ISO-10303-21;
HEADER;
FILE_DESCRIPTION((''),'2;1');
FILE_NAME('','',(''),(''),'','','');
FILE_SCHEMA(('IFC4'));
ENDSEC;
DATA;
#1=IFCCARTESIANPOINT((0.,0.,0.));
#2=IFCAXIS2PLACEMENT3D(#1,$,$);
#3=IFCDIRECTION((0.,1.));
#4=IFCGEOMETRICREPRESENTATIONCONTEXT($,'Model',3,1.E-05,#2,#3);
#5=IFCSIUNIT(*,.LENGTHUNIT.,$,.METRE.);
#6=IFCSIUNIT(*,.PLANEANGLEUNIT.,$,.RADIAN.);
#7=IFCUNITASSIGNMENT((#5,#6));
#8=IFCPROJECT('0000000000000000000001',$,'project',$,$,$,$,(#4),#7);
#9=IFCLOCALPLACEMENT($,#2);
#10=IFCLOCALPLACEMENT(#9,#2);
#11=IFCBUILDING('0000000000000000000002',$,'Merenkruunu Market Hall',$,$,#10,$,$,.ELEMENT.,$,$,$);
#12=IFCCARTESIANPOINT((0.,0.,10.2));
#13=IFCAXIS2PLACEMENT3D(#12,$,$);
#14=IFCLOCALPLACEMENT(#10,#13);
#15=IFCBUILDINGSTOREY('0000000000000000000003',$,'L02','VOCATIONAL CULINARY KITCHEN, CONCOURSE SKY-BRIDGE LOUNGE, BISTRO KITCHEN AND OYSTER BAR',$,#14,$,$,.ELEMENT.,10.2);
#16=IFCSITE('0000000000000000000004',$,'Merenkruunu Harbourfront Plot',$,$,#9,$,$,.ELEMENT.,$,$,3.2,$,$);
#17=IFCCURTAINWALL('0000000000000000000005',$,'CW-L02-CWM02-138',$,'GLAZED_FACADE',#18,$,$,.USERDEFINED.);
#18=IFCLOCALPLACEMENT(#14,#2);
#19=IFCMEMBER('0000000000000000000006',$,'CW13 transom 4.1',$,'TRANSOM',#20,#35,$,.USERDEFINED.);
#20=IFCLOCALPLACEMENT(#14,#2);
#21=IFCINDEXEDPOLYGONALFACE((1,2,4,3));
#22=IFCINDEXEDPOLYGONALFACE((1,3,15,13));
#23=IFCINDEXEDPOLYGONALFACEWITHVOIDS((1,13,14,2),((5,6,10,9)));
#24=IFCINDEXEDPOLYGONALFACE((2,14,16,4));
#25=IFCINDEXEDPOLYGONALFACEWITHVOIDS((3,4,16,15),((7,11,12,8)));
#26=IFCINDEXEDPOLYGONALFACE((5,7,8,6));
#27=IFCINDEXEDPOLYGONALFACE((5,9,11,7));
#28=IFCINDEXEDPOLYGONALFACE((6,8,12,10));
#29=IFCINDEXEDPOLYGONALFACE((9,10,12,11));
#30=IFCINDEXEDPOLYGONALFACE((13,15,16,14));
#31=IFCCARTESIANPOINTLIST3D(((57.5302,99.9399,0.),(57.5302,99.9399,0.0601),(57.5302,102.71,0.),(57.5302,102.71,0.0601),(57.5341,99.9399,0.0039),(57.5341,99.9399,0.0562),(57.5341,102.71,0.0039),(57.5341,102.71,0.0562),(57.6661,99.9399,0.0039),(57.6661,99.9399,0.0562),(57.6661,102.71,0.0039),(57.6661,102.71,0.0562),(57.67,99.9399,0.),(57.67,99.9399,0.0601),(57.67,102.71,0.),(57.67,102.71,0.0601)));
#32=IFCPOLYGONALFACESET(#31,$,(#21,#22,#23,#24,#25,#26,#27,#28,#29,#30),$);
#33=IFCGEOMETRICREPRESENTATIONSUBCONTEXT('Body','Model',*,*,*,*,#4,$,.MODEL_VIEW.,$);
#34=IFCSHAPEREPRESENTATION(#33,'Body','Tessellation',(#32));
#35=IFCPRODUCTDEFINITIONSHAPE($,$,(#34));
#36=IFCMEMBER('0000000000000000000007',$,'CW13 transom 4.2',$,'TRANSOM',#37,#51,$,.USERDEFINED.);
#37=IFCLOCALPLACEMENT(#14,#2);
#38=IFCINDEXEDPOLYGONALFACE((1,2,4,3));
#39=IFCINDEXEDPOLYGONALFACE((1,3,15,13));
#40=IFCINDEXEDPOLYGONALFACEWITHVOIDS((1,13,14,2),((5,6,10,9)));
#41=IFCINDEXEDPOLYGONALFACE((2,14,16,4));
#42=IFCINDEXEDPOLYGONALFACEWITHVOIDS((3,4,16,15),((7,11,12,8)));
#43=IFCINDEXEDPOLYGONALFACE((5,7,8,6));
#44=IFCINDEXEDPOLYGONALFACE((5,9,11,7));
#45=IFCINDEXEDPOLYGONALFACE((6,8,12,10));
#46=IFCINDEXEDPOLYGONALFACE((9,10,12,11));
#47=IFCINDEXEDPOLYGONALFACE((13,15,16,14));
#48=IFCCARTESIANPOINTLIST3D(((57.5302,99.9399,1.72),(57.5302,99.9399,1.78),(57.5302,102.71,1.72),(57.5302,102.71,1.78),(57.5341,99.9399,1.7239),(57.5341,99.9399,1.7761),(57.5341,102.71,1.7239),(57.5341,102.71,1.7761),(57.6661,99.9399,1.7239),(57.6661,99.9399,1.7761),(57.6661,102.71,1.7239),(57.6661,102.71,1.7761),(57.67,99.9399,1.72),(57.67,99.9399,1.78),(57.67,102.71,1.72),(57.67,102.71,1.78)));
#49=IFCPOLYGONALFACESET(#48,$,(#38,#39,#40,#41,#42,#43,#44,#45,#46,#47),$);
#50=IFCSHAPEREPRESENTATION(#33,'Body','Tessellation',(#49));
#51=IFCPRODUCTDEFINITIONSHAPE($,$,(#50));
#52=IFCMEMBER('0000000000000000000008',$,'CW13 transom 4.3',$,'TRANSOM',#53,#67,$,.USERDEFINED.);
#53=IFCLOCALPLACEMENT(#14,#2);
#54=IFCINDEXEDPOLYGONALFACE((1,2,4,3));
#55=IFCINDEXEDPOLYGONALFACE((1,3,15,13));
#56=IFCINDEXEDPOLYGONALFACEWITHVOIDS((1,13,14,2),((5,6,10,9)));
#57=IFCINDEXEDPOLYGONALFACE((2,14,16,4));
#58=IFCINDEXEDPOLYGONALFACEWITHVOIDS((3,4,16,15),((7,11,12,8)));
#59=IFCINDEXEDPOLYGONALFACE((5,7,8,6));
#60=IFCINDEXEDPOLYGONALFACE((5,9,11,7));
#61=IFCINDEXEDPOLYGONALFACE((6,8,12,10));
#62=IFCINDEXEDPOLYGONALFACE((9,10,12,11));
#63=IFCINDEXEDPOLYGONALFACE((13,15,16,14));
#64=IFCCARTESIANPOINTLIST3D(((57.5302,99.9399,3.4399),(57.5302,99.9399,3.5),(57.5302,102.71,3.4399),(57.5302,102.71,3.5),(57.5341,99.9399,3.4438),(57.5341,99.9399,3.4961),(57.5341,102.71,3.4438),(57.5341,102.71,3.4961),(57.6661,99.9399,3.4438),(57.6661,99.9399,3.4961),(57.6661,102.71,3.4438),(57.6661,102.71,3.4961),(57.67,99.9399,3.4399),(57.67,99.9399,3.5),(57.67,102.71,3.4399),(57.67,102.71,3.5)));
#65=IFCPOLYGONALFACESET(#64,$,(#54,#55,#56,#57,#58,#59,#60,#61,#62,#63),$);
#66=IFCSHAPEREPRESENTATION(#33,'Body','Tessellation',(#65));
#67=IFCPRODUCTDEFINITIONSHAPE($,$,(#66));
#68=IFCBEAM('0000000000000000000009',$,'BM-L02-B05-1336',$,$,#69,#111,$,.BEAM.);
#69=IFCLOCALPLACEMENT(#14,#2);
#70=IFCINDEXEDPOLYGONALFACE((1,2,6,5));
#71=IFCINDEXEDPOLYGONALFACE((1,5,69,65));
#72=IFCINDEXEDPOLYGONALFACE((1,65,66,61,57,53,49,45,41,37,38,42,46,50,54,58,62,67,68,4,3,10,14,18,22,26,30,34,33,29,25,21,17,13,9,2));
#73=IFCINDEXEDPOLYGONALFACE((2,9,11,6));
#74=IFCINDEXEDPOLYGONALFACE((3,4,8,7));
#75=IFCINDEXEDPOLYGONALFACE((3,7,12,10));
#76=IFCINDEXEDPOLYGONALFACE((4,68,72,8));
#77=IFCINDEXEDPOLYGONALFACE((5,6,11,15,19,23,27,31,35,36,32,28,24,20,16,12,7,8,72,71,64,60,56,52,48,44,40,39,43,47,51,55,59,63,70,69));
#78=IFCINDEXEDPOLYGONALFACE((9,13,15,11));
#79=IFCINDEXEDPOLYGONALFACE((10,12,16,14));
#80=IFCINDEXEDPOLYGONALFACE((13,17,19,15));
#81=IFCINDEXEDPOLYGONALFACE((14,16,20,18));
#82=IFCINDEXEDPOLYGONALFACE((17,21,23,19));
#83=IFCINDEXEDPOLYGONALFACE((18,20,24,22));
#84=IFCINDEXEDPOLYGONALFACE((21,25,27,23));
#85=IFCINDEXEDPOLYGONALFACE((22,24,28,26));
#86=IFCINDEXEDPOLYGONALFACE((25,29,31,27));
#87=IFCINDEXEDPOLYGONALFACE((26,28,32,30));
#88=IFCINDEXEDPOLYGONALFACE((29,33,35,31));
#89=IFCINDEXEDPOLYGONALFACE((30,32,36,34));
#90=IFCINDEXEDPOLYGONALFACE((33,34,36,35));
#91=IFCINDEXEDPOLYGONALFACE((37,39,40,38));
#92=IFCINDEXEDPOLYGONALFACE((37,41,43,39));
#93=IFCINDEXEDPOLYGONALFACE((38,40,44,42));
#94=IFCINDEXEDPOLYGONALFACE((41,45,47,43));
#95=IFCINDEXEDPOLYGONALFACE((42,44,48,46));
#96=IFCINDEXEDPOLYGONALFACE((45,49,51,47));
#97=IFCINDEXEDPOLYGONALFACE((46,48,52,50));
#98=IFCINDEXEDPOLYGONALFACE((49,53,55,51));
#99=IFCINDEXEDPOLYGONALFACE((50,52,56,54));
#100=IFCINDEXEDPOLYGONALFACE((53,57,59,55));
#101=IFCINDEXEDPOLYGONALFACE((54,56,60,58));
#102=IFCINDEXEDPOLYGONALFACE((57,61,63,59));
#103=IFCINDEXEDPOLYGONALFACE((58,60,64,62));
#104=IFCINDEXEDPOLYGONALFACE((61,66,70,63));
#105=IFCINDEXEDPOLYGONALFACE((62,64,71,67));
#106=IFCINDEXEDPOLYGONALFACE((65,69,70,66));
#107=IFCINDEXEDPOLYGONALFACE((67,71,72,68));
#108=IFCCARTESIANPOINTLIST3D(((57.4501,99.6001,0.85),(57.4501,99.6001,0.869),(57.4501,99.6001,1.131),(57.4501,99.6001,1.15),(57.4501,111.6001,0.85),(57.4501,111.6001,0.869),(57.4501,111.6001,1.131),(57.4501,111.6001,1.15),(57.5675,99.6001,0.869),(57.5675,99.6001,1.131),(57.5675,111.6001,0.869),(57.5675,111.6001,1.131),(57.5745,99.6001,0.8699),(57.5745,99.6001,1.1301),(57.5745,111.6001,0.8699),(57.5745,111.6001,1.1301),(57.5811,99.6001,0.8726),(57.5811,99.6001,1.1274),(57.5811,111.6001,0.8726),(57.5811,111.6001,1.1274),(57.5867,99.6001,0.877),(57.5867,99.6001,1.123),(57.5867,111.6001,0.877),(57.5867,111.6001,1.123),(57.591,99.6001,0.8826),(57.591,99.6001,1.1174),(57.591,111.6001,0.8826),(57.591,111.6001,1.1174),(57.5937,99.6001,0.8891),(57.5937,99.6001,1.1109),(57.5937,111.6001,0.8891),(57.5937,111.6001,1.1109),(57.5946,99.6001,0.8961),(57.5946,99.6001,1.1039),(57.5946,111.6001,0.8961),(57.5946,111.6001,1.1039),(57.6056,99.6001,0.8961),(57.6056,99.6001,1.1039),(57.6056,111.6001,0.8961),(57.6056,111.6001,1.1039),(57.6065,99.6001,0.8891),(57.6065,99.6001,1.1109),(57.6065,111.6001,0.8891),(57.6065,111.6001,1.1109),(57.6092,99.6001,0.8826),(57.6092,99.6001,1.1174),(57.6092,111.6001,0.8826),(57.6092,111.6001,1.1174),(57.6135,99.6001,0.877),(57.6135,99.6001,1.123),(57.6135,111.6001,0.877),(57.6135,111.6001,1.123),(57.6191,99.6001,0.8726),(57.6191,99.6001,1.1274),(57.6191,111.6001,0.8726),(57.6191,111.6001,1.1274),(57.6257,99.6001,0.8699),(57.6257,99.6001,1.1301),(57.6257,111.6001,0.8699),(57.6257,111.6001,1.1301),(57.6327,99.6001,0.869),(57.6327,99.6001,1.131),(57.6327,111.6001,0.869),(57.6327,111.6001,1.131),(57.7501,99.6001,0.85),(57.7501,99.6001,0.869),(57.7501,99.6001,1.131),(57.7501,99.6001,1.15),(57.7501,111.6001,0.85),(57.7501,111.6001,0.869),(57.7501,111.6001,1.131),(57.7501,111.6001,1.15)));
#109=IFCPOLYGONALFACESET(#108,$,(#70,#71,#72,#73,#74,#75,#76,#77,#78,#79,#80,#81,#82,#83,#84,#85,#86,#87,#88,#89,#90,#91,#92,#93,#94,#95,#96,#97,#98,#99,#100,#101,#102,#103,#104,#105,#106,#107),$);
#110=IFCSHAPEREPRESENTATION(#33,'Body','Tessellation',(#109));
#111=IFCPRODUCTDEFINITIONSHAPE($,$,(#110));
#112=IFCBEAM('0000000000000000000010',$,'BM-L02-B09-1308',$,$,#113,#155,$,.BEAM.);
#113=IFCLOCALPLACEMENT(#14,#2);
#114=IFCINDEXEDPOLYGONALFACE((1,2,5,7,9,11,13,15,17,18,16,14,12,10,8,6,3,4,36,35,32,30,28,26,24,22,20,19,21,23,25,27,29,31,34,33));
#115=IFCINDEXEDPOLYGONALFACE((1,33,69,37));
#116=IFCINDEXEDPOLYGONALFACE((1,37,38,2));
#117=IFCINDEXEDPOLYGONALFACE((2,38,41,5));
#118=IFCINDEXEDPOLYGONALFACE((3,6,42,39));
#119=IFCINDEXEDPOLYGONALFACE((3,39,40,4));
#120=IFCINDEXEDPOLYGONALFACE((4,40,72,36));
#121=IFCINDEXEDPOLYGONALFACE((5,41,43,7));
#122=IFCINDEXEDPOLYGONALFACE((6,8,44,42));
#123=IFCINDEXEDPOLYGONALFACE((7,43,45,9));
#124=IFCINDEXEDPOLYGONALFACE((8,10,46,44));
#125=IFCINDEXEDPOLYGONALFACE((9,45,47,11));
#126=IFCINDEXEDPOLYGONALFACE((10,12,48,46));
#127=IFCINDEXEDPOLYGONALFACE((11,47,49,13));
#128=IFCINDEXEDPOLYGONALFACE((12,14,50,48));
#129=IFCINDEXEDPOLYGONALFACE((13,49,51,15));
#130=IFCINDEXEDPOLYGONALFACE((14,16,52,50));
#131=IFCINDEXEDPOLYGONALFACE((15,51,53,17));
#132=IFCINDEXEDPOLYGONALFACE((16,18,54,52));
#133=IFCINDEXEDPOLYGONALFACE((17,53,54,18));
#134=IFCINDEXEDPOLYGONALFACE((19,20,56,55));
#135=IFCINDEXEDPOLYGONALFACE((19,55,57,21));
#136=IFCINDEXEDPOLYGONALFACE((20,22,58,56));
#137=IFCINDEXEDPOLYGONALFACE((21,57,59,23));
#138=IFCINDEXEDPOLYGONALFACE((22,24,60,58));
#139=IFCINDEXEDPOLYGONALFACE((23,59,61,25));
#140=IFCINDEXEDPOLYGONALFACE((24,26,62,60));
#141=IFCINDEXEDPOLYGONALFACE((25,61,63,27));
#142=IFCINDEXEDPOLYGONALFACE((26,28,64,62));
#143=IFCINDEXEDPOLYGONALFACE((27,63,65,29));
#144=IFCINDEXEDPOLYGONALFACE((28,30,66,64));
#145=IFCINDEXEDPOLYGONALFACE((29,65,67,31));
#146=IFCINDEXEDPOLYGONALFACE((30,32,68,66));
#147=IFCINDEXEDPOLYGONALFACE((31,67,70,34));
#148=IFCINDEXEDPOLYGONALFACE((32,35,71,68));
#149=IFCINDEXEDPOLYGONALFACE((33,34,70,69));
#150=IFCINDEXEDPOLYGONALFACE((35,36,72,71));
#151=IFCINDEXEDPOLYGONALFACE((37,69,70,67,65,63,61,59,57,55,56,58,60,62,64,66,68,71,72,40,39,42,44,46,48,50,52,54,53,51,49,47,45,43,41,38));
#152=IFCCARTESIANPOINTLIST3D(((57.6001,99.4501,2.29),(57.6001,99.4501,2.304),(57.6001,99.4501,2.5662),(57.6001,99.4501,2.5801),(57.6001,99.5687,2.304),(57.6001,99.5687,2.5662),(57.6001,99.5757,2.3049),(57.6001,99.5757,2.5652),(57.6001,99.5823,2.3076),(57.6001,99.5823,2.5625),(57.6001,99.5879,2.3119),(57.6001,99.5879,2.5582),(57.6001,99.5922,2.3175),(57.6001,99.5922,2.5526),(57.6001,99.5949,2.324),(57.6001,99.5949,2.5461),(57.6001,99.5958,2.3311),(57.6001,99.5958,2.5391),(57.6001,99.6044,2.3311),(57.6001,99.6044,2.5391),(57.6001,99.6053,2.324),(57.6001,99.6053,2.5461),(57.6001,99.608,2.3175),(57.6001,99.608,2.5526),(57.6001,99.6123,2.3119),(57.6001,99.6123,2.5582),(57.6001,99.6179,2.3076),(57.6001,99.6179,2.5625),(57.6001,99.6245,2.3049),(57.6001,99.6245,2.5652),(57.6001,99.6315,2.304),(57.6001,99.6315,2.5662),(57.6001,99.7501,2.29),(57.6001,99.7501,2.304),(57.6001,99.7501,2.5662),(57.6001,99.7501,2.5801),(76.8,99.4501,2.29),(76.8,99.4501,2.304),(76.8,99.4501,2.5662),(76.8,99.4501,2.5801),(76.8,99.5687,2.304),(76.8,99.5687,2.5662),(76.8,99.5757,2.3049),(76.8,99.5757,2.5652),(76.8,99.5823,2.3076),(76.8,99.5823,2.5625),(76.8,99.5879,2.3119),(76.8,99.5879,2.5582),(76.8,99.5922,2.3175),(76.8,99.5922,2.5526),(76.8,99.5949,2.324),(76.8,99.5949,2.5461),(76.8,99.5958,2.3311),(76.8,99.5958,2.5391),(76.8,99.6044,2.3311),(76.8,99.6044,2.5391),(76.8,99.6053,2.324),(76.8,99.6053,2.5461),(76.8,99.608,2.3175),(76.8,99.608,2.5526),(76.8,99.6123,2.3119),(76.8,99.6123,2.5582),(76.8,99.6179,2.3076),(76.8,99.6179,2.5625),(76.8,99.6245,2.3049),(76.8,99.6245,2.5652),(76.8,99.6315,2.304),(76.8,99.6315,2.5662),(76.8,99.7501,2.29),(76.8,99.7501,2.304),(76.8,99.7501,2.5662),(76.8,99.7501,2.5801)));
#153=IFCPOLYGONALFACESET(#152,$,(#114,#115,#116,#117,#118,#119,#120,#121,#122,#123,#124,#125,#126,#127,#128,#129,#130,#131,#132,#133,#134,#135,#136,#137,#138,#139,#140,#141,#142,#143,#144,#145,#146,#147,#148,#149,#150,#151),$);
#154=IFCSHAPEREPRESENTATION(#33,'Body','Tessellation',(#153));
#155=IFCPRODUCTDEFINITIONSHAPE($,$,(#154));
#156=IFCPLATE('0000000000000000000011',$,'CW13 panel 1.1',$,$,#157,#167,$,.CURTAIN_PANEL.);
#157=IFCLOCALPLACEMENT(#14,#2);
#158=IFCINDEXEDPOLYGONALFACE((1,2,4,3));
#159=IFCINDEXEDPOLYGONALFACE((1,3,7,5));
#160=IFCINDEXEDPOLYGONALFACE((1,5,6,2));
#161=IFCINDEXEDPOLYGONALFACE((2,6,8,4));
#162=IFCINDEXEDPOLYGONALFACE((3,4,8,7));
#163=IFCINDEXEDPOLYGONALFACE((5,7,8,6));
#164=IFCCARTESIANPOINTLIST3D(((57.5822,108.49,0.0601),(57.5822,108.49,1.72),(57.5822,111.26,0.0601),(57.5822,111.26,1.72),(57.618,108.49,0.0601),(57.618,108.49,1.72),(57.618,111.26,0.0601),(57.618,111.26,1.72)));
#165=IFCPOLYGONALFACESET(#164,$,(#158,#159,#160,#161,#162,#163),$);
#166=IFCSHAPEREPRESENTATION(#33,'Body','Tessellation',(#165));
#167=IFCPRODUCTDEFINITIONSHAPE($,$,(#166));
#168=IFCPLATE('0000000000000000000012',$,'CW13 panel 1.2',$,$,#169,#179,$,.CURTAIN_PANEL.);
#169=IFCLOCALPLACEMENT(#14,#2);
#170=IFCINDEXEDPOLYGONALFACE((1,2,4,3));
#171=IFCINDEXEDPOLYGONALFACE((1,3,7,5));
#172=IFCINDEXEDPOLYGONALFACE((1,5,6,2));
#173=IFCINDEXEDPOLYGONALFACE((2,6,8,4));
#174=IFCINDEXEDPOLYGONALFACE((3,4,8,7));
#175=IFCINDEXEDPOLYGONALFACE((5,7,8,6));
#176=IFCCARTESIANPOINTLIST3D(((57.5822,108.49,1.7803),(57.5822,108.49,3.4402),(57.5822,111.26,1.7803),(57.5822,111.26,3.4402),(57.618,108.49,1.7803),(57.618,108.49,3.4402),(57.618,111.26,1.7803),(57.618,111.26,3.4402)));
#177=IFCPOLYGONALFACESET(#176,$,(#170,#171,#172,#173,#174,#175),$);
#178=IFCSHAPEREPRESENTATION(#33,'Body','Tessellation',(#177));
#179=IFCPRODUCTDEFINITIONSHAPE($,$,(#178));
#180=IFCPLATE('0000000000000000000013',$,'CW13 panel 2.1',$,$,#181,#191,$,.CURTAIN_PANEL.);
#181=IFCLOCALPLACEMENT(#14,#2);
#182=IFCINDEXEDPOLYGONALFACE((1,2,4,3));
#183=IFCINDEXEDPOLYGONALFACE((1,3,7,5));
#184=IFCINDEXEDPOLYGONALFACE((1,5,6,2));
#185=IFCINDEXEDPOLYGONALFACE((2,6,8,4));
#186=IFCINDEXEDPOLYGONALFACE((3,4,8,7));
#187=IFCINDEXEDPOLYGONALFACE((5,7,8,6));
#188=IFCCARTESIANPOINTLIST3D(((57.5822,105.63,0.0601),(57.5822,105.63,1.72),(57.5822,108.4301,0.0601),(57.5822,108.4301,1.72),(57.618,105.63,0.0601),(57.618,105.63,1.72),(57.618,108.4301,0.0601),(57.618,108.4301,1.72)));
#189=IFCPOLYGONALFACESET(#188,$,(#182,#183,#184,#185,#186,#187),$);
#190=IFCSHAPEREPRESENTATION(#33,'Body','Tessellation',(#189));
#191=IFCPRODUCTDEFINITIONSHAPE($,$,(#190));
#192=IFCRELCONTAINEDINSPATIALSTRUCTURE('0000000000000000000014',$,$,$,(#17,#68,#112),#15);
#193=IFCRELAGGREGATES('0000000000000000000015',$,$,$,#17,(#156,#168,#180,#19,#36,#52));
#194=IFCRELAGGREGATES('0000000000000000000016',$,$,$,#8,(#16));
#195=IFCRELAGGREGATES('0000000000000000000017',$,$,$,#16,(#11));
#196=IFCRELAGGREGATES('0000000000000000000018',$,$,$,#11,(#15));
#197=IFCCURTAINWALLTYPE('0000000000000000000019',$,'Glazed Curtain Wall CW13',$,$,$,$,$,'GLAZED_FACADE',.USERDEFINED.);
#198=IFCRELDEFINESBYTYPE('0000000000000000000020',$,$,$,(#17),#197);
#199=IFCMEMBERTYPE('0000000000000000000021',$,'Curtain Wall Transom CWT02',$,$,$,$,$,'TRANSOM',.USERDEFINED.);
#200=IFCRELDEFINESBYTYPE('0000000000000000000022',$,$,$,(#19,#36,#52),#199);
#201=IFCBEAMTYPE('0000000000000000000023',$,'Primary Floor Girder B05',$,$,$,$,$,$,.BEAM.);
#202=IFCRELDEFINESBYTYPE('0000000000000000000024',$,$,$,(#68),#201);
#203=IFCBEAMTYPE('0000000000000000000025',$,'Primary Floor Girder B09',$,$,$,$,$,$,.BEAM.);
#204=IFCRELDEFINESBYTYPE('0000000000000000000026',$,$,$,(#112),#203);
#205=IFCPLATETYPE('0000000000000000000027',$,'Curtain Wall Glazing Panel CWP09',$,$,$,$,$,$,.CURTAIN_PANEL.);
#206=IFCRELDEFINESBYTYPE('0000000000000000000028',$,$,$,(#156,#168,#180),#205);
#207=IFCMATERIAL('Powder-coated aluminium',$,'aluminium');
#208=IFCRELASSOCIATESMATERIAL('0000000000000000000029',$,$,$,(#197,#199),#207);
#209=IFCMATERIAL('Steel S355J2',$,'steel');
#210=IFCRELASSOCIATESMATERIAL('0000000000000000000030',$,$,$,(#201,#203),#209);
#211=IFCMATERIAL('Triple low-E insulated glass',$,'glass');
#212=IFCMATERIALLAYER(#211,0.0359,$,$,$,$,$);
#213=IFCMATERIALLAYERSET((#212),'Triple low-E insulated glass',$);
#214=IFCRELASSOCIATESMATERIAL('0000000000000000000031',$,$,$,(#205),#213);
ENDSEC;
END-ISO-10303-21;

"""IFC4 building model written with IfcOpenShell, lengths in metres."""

from ifc_helpers import new_model, si_unit, direction, frame, origin, origin_2d, place, context, subcontext, project, spatial, rectangle, hollow_rectangle, i_section, extrude, material, layer, layer_set, material_profile, profile_set, type_object, element, aggregate, save


model = new_model("IFC4")

# Units and contexts
model_context = context("Model", 3, precision=1e-05, world=origin(), true_north=direction((0.0, 1.0)))
body_context = subcontext(model_context, "Body", "Model", "MODEL_VIEW")
ifc_project = project(units=[si_unit("LENGTHUNIT", "METRE"), si_unit("PLANEANGLEUNIT", "RADIAN")], contexts=[model_context])

# Site, building, storey
site_placement = place(None, origin())
site = spatial("IfcSite", under=ifc_project, at=site_placement, Name="Merenkruunu Harbourfront Plot", CompositionType="ELEMENT", RefElevation=3.2)
building_placement = place(site_placement, origin())
building = spatial("IfcBuilding", under=site, at=building_placement, Name="Merenkruunu Market Hall", CompositionType="ELEMENT")
storey_placement = place(building_placement, frame((0.0, 0.0, 10.2)))
storey = spatial("IfcBuildingStorey", under=building, at=storey_placement, Name="L02", Description="VOCATIONAL CULINARY KITCHEN, CONCOURSE SKY-BRIDGE LOUNGE, BISTRO KITCHEN AND OYSTER BAR", CompositionType="ELEMENT", Elevation=10.2)

# Curtain wall, members
ifc_material_1 = material(Name="Powder-coated aluminium", Category="aluminium")
curtain_wall_type = type_object("IfcCurtainWallType", Name="Glazed Curtain Wall CW13", ElementType="GLAZED_FACADE", PredefinedType="USERDEFINED", material=ifc_material_1)
curtain_wall_placement = place(storey_placement, origin())
curtain_wall = element("IfcCurtainWall", 1, at=curtain_wall_placement, inside=storey, type_object=curtain_wall_type, Name="CW-L02-CWM02-138", ObjectType="GLAZED_FACADE", PredefinedType="USERDEFINED")
ifc_material_profile_1 = material_profile(ifc_material_1, hollow_rectangle(XDim=0.0601, YDim=0.1399, WallThickness=0.0039, at=origin_2d()), Name="ALU 60x140x4")
ifc_profile_set_1 = profile_set([ifc_material_profile_1], Name="Powder-coated aluminium")
member_type_1 = type_object("IfcMemberType", Name="Curtain Wall Transom CWT02", ElementType="TRANSOM", PredefinedType="USERDEFINED", material=ifc_profile_set_1)
member_1_placement = place(storey_placement, frame((57.6001, 102.71, 0.03), z_axis=(0.0, -1.0, 0.0), x_axis=(0.0, 0.0, 1.0)))
member_1 = element("IfcMember", 2, at=member_1_placement, type_object=member_type_1, Name="CW13 transom 4.1", ObjectType="TRANSOM", PredefinedType="USERDEFINED", context=body_context, shape_type="SweptSolid", body=[
    extrude(hollow_rectangle(XDim=0.0601, YDim=0.1399, WallThickness=0.0039, at=origin_2d()), origin(), (0.0, 0.0, 1.0), 2.77),
])
member_2_placement = place(storey_placement, frame((57.6001, 102.71, 1.75), z_axis=(0.0, -1.0, 0.0), x_axis=(0.0, 0.0, 1.0)))
member_2 = element("IfcMember", 3, at=member_2_placement, type_object=member_type_1, Name="CW13 transom 4.2", ObjectType="TRANSOM", PredefinedType="USERDEFINED", context=body_context, shape_type="SweptSolid", body=[
    extrude(hollow_rectangle(XDim=0.0601, YDim=0.1399, WallThickness=0.0039, at=origin_2d()), origin(), (0.0, 0.0, 1.0), 2.77),
])
member_3_placement = place(storey_placement, frame((57.6001, 102.71, 3.47), z_axis=(0.0, -1.0, 0.0), x_axis=(0.0, 0.0, 1.0)))
member_3 = element("IfcMember", 4, at=member_3_placement, type_object=member_type_1, Name="CW13 transom 4.3", ObjectType="TRANSOM", PredefinedType="USERDEFINED", context=body_context, shape_type="SweptSolid", body=[
    extrude(hollow_rectangle(XDim=0.0601, YDim=0.1399, WallThickness=0.0039, at=origin_2d()), origin(), (0.0, 0.0, 1.0), 2.77),
])

# Beams
ifc_material_2 = material(Name="Steel S355J2", Category="steel")
ifc_material_profile_2 = material_profile(ifc_material_2, i_section(OverallWidth=0.3, OverallDepth=0.3, WebThickness=0.011, FlangeThickness=0.019, FilletRadius=0.0271, at=origin_2d()), Name="HEB 300")
ifc_profile_set_2 = profile_set([ifc_material_profile_2], Name="Steel S355J2")
beam_type_1 = type_object("IfcBeamType", Name="Primary Floor Girder B05", PredefinedType="BEAM", material=ifc_profile_set_2)
beam_1_placement = place(storey_placement, frame((57.6001, 99.6001, 1.0), z_axis=(0.0, 1.0, 0.0), x_axis=(-1.0, 0.0, 0.0)))
element("IfcBeam", 5, at=beam_1_placement, inside=storey, type_object=beam_type_1, Name="BM-L02-B05-1336", PredefinedType="BEAM", context=body_context, shape_type="SweptSolid", body=[
    extrude(i_section(OverallWidth=0.3, OverallDepth=0.3, WebThickness=0.011, FlangeThickness=0.019, FilletRadius=0.0271, at=origin_2d()), origin(), (0.0, 0.0, 1.0), 12.0),
])
ifc_material_profile_3 = material_profile(ifc_material_2, i_section(OverallWidth=0.3, OverallDepth=0.29, WebThickness=0.0085, FlangeThickness=0.0139, FilletRadius=0.0271, at=origin_2d()), Name="HEA 300")
ifc_profile_set_3 = profile_set([ifc_material_profile_3], Name="Steel S355J2")
beam_type_2 = type_object("IfcBeamType", Name="Primary Floor Girder B09", PredefinedType="BEAM", material=ifc_profile_set_3)
beam_2_placement = place(storey_placement, frame((57.6001, 99.6001, 2.4351), z_axis=(1.0, 0.0, 0.0), x_axis=(0.0, 1.0, 0.0)))
element("IfcBeam", 6, at=beam_2_placement, inside=storey, type_object=beam_type_2, Name="BM-L02-B09-1308", PredefinedType="BEAM", context=body_context, shape_type="SweptSolid", body=[
    extrude(i_section(OverallWidth=0.3, OverallDepth=0.29, WebThickness=0.0085, FlangeThickness=0.0139, FilletRadius=0.0271, at=origin_2d()), origin(), (0.0, 0.0, 1.0), 19.2),
])

# Plates
ifc_material_3 = material(Name="Triple low-E insulated glass", Category="glass")
ifc_layer_1 = layer(ifc_material_3, 0.0359)
ifc_layer_set_1 = layer_set([ifc_layer_1], Name="Triple low-E insulated glass")
plate_type = type_object("IfcPlateType", Name="Curtain Wall Glazing Panel CWP09", PredefinedType="CURTAIN_PANEL", material=ifc_layer_set_1)
plate_1_placement = place(storey_placement, frame((57.6001, 109.875, 0.0601), z_axis=(0.0, 0.0, 1.0), x_axis=(0.0, -1.0, 0.0)))
plate_1 = element("IfcPlate", 7, at=plate_1_placement, type_object=plate_type, Name="CW13 panel 1.1", PredefinedType="CURTAIN_PANEL", context=body_context, shape_type="SweptSolid", body=[
    extrude(rectangle(XDim=2.77, YDim=0.0359, at=origin_2d()), origin(), (0.0, 0.0, 1.0), 1.6599),
])
plate_2_placement = place(storey_placement, frame((57.6001, 109.875, 1.7803), z_axis=(0.0, 0.0, 1.0), x_axis=(0.0, -1.0, 0.0)))
plate_2 = element("IfcPlate", 8, at=plate_2_placement, type_object=plate_type, Name="CW13 panel 1.2", PredefinedType="CURTAIN_PANEL", context=body_context, shape_type="SweptSolid", body=[
    extrude(rectangle(XDim=2.77, YDim=0.0359, at=origin_2d()), origin(), (0.0, 0.0, 1.0), 1.6599),
])
plate_3_placement = place(storey_placement, frame((57.6001, 107.03, 0.0601), z_axis=(0.0, 0.0, 1.0), x_axis=(0.0, -1.0, 0.0)))
plate_3 = element("IfcPlate", 9, at=plate_3_placement, type_object=plate_type, Name="CW13 panel 2.1", PredefinedType="CURTAIN_PANEL", context=body_context, shape_type="SweptSolid", body=[
    extrude(rectangle(XDim=2.8, YDim=0.0359, at=origin_2d()), origin(), (0.0, 0.0, 1.0), 1.6599),
])
aggregate(curtain_wall, [plate_1, plate_2, plate_3, member_1, member_2, member_3])

save(model, "model.ifc")
